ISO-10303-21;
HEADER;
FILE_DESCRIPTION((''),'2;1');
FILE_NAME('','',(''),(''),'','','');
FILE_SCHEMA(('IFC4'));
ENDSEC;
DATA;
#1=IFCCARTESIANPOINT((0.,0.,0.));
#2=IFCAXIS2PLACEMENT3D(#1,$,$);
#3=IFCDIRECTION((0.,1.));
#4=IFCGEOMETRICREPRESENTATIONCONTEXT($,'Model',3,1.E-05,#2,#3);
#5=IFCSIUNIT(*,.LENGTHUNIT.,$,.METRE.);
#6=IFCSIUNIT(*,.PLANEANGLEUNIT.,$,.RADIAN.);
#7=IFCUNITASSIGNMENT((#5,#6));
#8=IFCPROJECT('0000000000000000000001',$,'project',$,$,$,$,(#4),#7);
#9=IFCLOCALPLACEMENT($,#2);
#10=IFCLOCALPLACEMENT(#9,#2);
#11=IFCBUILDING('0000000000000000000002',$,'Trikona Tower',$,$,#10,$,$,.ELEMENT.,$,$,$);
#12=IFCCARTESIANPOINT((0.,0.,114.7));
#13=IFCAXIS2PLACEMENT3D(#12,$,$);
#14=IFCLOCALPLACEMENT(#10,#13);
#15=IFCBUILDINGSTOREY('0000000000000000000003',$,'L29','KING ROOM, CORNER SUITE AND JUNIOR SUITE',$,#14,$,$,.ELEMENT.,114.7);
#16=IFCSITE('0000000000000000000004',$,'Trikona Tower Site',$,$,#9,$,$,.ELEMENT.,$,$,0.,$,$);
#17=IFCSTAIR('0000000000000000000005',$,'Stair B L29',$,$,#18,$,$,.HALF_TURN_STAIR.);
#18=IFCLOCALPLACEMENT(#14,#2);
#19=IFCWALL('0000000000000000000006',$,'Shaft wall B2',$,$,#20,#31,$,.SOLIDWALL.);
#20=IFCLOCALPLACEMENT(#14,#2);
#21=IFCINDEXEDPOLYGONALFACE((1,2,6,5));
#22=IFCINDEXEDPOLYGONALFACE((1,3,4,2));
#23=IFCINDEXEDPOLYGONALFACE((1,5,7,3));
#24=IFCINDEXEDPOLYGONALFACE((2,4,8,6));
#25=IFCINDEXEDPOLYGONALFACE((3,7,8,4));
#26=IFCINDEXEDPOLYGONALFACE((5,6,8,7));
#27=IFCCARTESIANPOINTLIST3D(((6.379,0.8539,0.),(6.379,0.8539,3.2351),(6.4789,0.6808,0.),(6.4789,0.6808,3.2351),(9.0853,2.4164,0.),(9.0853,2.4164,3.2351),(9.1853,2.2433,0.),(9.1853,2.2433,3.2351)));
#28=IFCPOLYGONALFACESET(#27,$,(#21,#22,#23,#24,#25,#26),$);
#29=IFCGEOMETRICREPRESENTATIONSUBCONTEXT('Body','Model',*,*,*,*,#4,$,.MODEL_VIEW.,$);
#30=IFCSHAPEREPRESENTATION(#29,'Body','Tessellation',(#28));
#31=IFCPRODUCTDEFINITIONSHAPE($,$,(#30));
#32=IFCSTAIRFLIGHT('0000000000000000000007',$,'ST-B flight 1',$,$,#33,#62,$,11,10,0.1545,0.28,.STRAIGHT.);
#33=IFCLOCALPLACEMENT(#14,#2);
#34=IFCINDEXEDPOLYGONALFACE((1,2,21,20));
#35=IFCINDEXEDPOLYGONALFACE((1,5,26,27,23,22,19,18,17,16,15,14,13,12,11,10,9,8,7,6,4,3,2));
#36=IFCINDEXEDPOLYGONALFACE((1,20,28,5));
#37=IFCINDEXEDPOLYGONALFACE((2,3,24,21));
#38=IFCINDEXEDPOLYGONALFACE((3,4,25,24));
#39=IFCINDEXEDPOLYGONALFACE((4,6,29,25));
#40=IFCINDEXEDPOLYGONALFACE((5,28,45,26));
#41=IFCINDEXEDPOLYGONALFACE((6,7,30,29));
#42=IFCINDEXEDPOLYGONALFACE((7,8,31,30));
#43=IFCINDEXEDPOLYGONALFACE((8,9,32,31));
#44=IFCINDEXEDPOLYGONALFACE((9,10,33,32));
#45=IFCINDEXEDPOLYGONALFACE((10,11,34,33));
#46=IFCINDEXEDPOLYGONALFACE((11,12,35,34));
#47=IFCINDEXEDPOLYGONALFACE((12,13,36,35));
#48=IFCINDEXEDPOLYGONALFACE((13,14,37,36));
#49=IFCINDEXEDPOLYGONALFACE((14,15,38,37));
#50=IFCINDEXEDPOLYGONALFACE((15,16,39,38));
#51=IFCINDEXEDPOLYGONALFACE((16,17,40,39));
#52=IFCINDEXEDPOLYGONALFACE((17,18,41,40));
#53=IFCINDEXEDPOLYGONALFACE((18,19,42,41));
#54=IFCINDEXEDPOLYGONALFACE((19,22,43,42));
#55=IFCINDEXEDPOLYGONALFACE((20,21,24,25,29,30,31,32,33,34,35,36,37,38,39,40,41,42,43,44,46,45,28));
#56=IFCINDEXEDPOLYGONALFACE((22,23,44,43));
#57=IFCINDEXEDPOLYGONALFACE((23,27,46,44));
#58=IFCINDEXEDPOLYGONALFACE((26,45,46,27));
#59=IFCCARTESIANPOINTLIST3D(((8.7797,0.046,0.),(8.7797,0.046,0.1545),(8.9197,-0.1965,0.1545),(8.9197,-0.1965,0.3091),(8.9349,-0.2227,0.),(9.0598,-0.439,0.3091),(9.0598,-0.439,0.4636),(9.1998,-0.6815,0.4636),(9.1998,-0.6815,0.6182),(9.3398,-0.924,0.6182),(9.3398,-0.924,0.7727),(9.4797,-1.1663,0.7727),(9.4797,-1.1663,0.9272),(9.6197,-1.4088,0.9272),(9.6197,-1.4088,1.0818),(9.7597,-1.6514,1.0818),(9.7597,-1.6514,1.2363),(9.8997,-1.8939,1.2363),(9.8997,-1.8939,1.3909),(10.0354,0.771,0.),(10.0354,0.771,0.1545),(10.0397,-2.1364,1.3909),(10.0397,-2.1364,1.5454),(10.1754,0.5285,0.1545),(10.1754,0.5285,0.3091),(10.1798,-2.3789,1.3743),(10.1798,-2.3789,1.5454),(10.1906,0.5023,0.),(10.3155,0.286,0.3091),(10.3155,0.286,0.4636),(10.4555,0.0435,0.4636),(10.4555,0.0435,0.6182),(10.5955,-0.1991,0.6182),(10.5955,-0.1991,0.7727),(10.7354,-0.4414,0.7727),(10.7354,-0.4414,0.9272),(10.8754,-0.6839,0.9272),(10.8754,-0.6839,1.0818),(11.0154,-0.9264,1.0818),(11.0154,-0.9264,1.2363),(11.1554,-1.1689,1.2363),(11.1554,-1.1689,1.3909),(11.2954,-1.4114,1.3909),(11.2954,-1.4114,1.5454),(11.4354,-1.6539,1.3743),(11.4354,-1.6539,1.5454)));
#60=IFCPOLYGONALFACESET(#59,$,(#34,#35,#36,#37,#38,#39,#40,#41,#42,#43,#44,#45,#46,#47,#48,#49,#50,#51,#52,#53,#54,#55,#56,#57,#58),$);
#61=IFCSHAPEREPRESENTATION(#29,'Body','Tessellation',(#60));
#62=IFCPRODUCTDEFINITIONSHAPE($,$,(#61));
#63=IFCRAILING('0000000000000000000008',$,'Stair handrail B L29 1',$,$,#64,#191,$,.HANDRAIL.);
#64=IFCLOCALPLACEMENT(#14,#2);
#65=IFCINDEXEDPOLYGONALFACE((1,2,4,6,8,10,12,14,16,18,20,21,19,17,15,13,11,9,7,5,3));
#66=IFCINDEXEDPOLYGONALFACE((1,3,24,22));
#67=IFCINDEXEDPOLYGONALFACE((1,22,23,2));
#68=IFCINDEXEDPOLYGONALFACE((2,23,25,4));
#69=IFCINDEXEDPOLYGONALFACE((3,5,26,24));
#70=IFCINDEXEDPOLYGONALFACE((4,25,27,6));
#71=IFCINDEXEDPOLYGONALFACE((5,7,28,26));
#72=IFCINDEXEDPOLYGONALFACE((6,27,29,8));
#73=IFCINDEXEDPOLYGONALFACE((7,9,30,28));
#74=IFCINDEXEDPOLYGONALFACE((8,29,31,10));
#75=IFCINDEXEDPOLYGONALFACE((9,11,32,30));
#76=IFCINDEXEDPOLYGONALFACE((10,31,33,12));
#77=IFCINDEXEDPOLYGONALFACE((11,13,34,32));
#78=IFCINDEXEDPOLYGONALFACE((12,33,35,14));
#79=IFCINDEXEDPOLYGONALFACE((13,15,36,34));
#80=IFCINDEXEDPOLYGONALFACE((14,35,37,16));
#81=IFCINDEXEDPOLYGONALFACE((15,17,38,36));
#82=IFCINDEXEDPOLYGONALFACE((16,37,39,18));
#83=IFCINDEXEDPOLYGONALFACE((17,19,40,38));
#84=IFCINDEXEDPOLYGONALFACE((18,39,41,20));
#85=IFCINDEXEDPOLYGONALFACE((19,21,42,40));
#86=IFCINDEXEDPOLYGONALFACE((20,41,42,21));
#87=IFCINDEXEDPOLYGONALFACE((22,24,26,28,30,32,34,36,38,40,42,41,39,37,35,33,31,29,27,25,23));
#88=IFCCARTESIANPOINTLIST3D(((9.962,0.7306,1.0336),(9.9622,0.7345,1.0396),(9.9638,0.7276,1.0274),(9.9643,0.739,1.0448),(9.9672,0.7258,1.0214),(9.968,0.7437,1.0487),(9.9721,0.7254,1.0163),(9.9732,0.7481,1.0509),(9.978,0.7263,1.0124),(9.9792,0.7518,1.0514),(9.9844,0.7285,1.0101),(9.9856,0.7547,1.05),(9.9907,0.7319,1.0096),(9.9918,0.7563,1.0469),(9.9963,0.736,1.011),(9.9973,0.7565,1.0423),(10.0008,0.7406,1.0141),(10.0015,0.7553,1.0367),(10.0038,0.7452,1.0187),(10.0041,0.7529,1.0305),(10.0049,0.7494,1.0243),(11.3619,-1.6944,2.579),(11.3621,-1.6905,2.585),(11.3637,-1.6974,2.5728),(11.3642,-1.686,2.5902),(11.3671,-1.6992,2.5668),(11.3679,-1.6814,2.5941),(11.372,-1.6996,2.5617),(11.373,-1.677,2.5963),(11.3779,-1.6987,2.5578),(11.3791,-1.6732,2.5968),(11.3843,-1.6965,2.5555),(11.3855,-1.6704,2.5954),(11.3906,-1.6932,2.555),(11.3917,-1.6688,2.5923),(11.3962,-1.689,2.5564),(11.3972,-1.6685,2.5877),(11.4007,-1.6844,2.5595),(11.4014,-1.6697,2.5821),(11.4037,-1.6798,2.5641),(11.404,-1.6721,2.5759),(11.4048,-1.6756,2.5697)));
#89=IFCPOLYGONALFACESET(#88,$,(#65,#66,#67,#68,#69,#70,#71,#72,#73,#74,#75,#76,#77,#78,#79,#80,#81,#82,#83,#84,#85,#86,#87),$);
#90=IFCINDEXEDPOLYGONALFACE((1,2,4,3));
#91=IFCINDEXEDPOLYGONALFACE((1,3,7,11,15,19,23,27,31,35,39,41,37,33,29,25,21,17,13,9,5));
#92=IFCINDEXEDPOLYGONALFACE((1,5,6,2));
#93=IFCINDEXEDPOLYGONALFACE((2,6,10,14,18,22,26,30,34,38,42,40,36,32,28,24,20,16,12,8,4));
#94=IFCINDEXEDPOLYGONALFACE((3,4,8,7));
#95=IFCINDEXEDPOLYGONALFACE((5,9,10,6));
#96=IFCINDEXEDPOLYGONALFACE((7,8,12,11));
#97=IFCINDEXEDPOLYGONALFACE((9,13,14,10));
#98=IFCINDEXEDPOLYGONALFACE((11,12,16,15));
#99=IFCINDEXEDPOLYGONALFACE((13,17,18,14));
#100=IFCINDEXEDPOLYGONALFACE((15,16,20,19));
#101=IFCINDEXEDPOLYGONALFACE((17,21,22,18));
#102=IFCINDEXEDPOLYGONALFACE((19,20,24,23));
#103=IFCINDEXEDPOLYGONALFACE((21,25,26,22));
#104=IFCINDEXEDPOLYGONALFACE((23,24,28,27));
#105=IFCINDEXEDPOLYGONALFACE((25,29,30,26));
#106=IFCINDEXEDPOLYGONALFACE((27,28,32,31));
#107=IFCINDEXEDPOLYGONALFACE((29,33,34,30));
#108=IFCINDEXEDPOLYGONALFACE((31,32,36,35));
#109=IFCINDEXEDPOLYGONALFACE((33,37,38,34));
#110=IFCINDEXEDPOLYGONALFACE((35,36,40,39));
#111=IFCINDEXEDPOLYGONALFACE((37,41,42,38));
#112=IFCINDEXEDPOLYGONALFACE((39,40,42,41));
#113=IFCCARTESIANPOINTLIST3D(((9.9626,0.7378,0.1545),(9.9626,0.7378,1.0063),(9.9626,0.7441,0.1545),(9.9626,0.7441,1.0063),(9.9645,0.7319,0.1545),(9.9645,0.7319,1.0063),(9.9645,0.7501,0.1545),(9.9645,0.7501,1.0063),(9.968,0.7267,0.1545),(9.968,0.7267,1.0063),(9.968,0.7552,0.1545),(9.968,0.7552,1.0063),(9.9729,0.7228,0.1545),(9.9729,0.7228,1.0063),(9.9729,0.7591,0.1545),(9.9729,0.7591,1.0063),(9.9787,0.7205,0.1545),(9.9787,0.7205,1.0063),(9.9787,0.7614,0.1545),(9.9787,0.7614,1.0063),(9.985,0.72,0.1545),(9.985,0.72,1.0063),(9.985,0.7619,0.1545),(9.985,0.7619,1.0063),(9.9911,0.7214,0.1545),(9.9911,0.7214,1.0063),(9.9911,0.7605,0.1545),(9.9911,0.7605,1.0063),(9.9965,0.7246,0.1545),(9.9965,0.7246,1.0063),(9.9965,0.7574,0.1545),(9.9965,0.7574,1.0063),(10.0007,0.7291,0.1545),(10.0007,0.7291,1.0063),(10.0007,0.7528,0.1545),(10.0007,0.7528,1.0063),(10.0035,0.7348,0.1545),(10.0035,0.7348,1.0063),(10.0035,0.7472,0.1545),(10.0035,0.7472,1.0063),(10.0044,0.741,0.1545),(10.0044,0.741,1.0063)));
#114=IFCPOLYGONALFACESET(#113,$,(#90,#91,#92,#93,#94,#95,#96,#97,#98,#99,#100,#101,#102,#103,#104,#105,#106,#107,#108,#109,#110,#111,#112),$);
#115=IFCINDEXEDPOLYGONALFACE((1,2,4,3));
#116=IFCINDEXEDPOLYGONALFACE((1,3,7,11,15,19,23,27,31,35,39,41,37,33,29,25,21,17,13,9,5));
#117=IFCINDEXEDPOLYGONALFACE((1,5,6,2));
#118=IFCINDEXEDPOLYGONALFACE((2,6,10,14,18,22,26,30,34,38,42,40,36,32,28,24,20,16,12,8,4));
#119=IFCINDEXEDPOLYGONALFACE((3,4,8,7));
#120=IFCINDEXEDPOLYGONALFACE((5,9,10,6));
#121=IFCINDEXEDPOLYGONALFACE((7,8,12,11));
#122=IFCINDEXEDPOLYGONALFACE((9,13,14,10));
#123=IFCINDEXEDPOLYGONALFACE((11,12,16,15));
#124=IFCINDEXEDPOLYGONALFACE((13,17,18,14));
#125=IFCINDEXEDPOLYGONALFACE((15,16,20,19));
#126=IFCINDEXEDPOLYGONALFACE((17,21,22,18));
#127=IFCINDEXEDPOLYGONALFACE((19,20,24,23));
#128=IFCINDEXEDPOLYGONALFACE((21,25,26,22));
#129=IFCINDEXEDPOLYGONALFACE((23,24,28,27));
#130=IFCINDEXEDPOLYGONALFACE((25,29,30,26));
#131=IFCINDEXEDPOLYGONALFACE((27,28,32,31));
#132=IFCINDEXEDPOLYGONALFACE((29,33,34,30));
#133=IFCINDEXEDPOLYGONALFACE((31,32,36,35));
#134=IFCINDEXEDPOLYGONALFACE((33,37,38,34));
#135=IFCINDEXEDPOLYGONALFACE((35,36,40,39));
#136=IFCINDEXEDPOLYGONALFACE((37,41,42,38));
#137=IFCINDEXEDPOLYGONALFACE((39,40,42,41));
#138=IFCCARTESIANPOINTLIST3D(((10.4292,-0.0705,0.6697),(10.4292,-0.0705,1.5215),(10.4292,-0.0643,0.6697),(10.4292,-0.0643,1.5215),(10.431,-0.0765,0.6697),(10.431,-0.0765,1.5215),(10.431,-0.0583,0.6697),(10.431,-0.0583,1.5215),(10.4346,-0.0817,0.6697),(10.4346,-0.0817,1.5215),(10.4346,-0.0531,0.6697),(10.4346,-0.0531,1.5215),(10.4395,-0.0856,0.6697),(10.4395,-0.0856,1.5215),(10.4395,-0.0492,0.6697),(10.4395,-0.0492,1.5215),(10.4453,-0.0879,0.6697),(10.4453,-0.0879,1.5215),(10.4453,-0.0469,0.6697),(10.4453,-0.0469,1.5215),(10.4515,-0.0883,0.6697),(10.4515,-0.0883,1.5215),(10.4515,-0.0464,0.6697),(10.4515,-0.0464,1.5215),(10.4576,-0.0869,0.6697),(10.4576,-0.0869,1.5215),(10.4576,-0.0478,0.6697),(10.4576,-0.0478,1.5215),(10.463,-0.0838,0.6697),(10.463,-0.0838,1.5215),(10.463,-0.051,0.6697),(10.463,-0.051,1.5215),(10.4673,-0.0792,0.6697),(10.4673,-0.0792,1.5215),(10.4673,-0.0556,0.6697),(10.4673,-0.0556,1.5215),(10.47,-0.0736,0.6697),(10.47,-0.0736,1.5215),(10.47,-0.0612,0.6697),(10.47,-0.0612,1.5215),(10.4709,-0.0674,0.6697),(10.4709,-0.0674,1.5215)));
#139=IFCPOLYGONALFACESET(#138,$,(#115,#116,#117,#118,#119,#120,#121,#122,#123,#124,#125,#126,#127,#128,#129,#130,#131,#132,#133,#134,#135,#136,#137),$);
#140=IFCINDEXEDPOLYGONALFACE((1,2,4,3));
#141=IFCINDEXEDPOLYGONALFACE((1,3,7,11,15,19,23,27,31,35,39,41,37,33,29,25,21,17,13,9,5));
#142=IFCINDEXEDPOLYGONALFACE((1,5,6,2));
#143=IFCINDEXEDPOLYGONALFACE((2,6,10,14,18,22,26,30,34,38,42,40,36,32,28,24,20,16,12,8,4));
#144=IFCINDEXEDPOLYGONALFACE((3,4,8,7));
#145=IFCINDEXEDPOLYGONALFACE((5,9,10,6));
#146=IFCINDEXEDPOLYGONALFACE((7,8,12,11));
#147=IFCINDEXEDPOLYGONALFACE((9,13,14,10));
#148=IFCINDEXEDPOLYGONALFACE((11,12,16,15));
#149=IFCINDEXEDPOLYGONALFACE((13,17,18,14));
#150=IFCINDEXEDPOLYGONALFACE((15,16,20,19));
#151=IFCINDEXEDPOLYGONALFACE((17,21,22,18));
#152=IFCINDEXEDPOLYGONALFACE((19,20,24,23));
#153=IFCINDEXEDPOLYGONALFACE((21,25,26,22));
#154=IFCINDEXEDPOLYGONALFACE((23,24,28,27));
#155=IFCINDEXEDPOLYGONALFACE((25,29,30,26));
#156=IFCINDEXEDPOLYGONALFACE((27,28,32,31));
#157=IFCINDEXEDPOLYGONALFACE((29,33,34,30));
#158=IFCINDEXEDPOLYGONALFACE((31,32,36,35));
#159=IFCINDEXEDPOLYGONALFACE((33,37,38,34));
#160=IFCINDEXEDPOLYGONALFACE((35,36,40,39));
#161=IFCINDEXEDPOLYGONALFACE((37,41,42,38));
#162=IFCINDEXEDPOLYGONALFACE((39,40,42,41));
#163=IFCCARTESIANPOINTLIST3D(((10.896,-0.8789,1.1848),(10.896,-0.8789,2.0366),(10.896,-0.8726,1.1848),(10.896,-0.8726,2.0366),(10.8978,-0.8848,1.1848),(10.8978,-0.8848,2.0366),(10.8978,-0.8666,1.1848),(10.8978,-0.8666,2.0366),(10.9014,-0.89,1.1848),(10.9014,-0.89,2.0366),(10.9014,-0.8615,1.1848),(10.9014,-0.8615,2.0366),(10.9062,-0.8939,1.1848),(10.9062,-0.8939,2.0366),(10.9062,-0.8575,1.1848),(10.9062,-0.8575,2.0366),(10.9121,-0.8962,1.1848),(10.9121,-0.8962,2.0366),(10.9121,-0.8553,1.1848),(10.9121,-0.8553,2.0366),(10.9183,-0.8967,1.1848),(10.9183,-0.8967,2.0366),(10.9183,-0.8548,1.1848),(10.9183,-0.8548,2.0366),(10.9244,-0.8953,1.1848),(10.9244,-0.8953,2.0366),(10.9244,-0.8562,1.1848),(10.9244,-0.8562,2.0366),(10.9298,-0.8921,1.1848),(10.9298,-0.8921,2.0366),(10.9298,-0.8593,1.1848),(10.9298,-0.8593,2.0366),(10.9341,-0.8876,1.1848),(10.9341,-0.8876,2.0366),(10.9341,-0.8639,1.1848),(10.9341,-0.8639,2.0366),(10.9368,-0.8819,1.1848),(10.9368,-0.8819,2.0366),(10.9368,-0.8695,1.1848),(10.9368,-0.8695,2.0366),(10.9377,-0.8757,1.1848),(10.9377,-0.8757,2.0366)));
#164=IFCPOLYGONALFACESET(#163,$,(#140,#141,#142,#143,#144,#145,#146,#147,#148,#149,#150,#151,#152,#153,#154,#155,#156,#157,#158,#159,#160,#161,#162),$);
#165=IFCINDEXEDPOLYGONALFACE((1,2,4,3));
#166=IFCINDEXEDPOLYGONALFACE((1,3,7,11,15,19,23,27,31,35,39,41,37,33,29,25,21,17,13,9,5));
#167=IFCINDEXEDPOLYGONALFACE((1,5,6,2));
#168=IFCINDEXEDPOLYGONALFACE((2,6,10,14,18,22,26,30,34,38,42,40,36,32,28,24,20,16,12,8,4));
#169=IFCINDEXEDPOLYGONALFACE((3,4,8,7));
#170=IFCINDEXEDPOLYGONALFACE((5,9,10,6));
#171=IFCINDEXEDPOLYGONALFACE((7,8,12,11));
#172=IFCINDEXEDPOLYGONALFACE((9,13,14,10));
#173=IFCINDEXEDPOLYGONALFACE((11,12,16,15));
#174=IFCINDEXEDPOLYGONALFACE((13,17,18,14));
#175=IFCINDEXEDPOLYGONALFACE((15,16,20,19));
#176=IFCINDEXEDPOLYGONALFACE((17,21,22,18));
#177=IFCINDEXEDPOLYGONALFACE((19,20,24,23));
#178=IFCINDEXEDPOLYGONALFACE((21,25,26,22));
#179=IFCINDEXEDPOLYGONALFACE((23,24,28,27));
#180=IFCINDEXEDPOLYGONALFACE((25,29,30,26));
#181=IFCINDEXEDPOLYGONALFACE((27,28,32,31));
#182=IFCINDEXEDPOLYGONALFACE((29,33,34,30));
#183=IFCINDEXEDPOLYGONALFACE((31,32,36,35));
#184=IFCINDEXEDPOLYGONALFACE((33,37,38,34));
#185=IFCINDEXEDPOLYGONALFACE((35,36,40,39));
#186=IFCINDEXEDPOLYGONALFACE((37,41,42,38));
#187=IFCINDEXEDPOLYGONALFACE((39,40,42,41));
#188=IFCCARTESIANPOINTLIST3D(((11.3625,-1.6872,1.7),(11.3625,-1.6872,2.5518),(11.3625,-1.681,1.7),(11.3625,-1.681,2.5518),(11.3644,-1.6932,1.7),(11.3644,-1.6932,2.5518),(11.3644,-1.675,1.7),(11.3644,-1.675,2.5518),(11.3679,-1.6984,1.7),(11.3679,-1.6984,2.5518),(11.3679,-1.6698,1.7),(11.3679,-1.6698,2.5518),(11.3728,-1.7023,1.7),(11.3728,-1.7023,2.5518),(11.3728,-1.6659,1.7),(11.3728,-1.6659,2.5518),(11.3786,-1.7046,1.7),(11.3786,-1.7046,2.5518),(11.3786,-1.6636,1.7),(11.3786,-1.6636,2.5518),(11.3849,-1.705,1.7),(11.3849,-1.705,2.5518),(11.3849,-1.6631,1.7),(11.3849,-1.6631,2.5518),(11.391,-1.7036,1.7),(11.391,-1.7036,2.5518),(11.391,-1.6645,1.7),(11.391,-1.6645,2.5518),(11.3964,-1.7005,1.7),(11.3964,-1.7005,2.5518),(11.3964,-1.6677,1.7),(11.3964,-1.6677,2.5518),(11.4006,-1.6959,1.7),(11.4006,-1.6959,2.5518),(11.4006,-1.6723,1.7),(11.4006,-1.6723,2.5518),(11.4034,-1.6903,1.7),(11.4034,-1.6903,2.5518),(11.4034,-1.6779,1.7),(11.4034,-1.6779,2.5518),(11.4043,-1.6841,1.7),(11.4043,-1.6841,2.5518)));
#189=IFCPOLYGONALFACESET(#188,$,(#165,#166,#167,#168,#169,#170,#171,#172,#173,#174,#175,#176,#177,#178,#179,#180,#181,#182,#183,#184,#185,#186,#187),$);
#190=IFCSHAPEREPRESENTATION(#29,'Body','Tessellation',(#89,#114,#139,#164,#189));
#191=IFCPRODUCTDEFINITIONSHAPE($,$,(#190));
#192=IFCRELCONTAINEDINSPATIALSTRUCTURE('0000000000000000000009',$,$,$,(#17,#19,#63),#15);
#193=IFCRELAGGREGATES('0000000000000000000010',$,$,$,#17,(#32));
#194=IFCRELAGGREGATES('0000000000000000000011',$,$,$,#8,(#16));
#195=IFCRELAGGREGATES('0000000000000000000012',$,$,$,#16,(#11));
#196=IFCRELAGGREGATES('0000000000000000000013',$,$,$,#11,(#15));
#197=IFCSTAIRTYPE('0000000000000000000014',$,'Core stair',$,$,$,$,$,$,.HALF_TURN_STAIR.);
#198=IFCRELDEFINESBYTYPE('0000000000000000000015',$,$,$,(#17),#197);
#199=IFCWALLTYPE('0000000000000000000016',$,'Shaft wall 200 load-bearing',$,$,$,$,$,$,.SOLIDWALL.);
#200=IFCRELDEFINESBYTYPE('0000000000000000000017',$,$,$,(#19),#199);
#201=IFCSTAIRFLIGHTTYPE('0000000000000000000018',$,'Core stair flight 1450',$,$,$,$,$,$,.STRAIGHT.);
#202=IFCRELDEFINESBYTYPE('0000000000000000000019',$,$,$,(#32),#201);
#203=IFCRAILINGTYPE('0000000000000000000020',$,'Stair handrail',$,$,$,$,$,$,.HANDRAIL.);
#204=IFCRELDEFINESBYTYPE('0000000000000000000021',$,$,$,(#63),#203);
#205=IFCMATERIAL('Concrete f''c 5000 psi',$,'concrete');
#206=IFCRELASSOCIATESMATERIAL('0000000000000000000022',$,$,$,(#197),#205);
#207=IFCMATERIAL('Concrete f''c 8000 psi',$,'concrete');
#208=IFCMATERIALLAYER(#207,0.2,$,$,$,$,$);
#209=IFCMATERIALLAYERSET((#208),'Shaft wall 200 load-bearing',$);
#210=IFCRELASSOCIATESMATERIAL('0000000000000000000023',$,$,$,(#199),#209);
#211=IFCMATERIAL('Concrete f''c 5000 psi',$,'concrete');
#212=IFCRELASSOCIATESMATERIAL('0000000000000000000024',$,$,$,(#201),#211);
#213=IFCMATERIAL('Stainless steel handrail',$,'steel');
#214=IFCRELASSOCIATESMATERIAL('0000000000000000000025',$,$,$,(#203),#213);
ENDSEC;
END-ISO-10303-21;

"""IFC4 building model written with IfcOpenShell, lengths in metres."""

from ifc_helpers import new_model, si_unit, direction, frame, frame_2d, origin, origin_2d, place, context, subcontext, project, spatial, polyline, rectangle, circle, outline, extrude, material, layer, layer_set, type_object, element, aggregate, save


model = new_model("IFC4")

# Units and contexts
model_context = context("Model", 3, precision=1e-05, world=origin(), true_north=direction((0.0, 1.0)))
body_context = subcontext(model_context, "Body", "Model", "MODEL_VIEW")
ifc_project = project(units=[si_unit("LENGTHUNIT", "METRE"), si_unit("PLANEANGLEUNIT", "RADIAN")], contexts=[model_context])

# Site, building, storey
site_placement = place(None, origin())
site = spatial("IfcSite", under=ifc_project, at=site_placement, Name="Trikona Tower Site", CompositionType="ELEMENT", RefElevation=0.0)
building_placement = place(site_placement, origin())
building = spatial("IfcBuilding", under=site, at=building_placement, Name="Trikona Tower", CompositionType="ELEMENT")
storey_placement = place(building_placement, frame((0.0, 0.0, 114.7)))
storey = spatial("IfcBuildingStorey", under=building, at=storey_placement, Name="L29", Description="KING ROOM, CORNER SUITE AND JUNIOR SUITE", CompositionType="ELEMENT", Elevation=114.7)

# Stair
ifc_material_1 = material(Name="Concrete f'c 5000 psi", Category="concrete")
stair_type = type_object("IfcStairType", Name="Core stair", PredefinedType="HALF_TURN_STAIR", material=ifc_material_1)
stair_1_placement = place(storey_placement, origin())
stair_1 = element("IfcStair", 1, at=stair_1_placement, inside=storey, type_object=stair_type, Name="Stair B L29", PredefinedType="HALF_TURN_STAIR")

# Wall
ifc_material_2 = material(Name="Concrete f'c 8000 psi", Category="concrete")
ifc_layer_1 = layer(ifc_material_2, 0.2)
ifc_layer_set_1 = layer_set([ifc_layer_1], Name="Shaft wall 200 load-bearing")
wall_type_1 = type_object("IfcWallType", Name="Shaft wall 200 load-bearing", PredefinedType="SOLIDWALL", material=ifc_layer_set_1)
wall_1_placement = place(storey_placement, frame((6.429, 0.7673, 0.0), z_axis=(0.0, 0.0, 1.0), x_axis=(0.866023, 0.500004, 0.0)))
element("IfcWall", 2, at=wall_1_placement, inside=storey, type_object=wall_type_1, Name="Shaft wall B2", PredefinedType="SOLIDWALL", context=body_context, shape_type="SweptSolid", body=[
    extrude(rectangle(XDim=3.125, YDim=0.2, at=frame_2d((1.5625, 0.0))), origin(), (0.0, 0.0, 1.0), 3.2351),
])

# Stair flight
ifc_material_3 = material(Name="Concrete f'c 5000 psi", Category="concrete")
stair_flight_type = type_object("IfcStairFlightType", Name="Core stair flight 1450", PredefinedType="STRAIGHT", material=ifc_material_3)
stair_flight_placement = place(storey_placement, frame((9.4075, 0.4084, 0.0), z_axis=(0.0, 0.0, 1.0), x_axis=(0.5, -0.866025, 0.0)))
stair_flight = element("IfcStairFlight", 3, at=stair_flight_placement, type_object=stair_flight_type, Name="ST-B flight 1", NumberOfRisers=11, NumberOfTreads=10, PredefinedType="STRAIGHT", RiserHeight=0.1545, TreadLength=0.28, context=body_context, shape_type="SweptSolid", body=[
    extrude(outline(polyline([(0.0, 0.0), (0.0, 0.1545), (0.28, 0.1545), (0.28, 0.3091), (0.5601, 0.3091), (0.5601, 0.4636), (0.8401, 0.4636), (0.8401, 0.6182), (1.1201, 0.6182), (1.1201, 0.7727), (1.3999, 0.7727), (1.3999, 0.9272), (1.6799, 0.9272), (1.6799, 1.0818), (1.96, 1.0818), (1.96, 1.2363), (2.24, 1.2363), (2.24, 1.3909), (2.52, 1.3909), (2.52, 1.5454), (2.8, 1.5454), (2.8, 1.7), (2.8, 1.3743), (0.3103, 0.0), (0.0, 0.0)])), frame((0.0, 0.7251, 0.0), z_axis=(0.0, -1.0, 0.0), x_axis=(1.0, 0.0, 0.0)), (0.0, 0.0, 1.0), 1.45),
])
aggregate(stair_1, [stair_flight])

# Railing
ifc_material_4 = material(Name="Stainless steel handrail", Category="steel")
railing_type = type_object("IfcRailingType", Name="Stair handrail", PredefinedType="HANDRAIL", material=ifc_material_4)
railing_placement = place(storey_placement, frame((9.9834, 0.741, 0.1545)))
element("IfcRailing", 4, at=railing_placement, inside=storey, type_object=railing_type, Name="Stair handrail B L29 1", PredefinedType="HANDRAIL", context=body_context, shape_type="SweptSolid", body=[
    extrude(circle(Radius=0.0239, at=origin_2d()), frame((0.0, 0.0, 0.876), z_axis=(0.437707, -0.75824, 0.483203), x_axis=(0.866056, 0.499946, 0.0)), (0.0, 0.0, 1.0), 3.1982),
    extrude(circle(Radius=0.021, at=origin_2d()), origin(), (0.0, 0.0, 1.0), 0.8518),
    extrude(circle(Radius=0.021, at=origin_2d()), frame((0.4666, -0.8083, 0.5151)), (0.0, 0.0, 1.0), 0.8518),
    extrude(circle(Radius=0.021, at=origin_2d()), frame((0.9333, -1.6167, 1.0303)), (0.0, 0.0, 1.0), 0.8518),
    extrude(circle(Radius=0.021, at=origin_2d()), frame((1.3999, -2.425, 1.5454)), (0.0, 0.0, 1.0), 0.8518),
])

save(model, "model.ifc")
